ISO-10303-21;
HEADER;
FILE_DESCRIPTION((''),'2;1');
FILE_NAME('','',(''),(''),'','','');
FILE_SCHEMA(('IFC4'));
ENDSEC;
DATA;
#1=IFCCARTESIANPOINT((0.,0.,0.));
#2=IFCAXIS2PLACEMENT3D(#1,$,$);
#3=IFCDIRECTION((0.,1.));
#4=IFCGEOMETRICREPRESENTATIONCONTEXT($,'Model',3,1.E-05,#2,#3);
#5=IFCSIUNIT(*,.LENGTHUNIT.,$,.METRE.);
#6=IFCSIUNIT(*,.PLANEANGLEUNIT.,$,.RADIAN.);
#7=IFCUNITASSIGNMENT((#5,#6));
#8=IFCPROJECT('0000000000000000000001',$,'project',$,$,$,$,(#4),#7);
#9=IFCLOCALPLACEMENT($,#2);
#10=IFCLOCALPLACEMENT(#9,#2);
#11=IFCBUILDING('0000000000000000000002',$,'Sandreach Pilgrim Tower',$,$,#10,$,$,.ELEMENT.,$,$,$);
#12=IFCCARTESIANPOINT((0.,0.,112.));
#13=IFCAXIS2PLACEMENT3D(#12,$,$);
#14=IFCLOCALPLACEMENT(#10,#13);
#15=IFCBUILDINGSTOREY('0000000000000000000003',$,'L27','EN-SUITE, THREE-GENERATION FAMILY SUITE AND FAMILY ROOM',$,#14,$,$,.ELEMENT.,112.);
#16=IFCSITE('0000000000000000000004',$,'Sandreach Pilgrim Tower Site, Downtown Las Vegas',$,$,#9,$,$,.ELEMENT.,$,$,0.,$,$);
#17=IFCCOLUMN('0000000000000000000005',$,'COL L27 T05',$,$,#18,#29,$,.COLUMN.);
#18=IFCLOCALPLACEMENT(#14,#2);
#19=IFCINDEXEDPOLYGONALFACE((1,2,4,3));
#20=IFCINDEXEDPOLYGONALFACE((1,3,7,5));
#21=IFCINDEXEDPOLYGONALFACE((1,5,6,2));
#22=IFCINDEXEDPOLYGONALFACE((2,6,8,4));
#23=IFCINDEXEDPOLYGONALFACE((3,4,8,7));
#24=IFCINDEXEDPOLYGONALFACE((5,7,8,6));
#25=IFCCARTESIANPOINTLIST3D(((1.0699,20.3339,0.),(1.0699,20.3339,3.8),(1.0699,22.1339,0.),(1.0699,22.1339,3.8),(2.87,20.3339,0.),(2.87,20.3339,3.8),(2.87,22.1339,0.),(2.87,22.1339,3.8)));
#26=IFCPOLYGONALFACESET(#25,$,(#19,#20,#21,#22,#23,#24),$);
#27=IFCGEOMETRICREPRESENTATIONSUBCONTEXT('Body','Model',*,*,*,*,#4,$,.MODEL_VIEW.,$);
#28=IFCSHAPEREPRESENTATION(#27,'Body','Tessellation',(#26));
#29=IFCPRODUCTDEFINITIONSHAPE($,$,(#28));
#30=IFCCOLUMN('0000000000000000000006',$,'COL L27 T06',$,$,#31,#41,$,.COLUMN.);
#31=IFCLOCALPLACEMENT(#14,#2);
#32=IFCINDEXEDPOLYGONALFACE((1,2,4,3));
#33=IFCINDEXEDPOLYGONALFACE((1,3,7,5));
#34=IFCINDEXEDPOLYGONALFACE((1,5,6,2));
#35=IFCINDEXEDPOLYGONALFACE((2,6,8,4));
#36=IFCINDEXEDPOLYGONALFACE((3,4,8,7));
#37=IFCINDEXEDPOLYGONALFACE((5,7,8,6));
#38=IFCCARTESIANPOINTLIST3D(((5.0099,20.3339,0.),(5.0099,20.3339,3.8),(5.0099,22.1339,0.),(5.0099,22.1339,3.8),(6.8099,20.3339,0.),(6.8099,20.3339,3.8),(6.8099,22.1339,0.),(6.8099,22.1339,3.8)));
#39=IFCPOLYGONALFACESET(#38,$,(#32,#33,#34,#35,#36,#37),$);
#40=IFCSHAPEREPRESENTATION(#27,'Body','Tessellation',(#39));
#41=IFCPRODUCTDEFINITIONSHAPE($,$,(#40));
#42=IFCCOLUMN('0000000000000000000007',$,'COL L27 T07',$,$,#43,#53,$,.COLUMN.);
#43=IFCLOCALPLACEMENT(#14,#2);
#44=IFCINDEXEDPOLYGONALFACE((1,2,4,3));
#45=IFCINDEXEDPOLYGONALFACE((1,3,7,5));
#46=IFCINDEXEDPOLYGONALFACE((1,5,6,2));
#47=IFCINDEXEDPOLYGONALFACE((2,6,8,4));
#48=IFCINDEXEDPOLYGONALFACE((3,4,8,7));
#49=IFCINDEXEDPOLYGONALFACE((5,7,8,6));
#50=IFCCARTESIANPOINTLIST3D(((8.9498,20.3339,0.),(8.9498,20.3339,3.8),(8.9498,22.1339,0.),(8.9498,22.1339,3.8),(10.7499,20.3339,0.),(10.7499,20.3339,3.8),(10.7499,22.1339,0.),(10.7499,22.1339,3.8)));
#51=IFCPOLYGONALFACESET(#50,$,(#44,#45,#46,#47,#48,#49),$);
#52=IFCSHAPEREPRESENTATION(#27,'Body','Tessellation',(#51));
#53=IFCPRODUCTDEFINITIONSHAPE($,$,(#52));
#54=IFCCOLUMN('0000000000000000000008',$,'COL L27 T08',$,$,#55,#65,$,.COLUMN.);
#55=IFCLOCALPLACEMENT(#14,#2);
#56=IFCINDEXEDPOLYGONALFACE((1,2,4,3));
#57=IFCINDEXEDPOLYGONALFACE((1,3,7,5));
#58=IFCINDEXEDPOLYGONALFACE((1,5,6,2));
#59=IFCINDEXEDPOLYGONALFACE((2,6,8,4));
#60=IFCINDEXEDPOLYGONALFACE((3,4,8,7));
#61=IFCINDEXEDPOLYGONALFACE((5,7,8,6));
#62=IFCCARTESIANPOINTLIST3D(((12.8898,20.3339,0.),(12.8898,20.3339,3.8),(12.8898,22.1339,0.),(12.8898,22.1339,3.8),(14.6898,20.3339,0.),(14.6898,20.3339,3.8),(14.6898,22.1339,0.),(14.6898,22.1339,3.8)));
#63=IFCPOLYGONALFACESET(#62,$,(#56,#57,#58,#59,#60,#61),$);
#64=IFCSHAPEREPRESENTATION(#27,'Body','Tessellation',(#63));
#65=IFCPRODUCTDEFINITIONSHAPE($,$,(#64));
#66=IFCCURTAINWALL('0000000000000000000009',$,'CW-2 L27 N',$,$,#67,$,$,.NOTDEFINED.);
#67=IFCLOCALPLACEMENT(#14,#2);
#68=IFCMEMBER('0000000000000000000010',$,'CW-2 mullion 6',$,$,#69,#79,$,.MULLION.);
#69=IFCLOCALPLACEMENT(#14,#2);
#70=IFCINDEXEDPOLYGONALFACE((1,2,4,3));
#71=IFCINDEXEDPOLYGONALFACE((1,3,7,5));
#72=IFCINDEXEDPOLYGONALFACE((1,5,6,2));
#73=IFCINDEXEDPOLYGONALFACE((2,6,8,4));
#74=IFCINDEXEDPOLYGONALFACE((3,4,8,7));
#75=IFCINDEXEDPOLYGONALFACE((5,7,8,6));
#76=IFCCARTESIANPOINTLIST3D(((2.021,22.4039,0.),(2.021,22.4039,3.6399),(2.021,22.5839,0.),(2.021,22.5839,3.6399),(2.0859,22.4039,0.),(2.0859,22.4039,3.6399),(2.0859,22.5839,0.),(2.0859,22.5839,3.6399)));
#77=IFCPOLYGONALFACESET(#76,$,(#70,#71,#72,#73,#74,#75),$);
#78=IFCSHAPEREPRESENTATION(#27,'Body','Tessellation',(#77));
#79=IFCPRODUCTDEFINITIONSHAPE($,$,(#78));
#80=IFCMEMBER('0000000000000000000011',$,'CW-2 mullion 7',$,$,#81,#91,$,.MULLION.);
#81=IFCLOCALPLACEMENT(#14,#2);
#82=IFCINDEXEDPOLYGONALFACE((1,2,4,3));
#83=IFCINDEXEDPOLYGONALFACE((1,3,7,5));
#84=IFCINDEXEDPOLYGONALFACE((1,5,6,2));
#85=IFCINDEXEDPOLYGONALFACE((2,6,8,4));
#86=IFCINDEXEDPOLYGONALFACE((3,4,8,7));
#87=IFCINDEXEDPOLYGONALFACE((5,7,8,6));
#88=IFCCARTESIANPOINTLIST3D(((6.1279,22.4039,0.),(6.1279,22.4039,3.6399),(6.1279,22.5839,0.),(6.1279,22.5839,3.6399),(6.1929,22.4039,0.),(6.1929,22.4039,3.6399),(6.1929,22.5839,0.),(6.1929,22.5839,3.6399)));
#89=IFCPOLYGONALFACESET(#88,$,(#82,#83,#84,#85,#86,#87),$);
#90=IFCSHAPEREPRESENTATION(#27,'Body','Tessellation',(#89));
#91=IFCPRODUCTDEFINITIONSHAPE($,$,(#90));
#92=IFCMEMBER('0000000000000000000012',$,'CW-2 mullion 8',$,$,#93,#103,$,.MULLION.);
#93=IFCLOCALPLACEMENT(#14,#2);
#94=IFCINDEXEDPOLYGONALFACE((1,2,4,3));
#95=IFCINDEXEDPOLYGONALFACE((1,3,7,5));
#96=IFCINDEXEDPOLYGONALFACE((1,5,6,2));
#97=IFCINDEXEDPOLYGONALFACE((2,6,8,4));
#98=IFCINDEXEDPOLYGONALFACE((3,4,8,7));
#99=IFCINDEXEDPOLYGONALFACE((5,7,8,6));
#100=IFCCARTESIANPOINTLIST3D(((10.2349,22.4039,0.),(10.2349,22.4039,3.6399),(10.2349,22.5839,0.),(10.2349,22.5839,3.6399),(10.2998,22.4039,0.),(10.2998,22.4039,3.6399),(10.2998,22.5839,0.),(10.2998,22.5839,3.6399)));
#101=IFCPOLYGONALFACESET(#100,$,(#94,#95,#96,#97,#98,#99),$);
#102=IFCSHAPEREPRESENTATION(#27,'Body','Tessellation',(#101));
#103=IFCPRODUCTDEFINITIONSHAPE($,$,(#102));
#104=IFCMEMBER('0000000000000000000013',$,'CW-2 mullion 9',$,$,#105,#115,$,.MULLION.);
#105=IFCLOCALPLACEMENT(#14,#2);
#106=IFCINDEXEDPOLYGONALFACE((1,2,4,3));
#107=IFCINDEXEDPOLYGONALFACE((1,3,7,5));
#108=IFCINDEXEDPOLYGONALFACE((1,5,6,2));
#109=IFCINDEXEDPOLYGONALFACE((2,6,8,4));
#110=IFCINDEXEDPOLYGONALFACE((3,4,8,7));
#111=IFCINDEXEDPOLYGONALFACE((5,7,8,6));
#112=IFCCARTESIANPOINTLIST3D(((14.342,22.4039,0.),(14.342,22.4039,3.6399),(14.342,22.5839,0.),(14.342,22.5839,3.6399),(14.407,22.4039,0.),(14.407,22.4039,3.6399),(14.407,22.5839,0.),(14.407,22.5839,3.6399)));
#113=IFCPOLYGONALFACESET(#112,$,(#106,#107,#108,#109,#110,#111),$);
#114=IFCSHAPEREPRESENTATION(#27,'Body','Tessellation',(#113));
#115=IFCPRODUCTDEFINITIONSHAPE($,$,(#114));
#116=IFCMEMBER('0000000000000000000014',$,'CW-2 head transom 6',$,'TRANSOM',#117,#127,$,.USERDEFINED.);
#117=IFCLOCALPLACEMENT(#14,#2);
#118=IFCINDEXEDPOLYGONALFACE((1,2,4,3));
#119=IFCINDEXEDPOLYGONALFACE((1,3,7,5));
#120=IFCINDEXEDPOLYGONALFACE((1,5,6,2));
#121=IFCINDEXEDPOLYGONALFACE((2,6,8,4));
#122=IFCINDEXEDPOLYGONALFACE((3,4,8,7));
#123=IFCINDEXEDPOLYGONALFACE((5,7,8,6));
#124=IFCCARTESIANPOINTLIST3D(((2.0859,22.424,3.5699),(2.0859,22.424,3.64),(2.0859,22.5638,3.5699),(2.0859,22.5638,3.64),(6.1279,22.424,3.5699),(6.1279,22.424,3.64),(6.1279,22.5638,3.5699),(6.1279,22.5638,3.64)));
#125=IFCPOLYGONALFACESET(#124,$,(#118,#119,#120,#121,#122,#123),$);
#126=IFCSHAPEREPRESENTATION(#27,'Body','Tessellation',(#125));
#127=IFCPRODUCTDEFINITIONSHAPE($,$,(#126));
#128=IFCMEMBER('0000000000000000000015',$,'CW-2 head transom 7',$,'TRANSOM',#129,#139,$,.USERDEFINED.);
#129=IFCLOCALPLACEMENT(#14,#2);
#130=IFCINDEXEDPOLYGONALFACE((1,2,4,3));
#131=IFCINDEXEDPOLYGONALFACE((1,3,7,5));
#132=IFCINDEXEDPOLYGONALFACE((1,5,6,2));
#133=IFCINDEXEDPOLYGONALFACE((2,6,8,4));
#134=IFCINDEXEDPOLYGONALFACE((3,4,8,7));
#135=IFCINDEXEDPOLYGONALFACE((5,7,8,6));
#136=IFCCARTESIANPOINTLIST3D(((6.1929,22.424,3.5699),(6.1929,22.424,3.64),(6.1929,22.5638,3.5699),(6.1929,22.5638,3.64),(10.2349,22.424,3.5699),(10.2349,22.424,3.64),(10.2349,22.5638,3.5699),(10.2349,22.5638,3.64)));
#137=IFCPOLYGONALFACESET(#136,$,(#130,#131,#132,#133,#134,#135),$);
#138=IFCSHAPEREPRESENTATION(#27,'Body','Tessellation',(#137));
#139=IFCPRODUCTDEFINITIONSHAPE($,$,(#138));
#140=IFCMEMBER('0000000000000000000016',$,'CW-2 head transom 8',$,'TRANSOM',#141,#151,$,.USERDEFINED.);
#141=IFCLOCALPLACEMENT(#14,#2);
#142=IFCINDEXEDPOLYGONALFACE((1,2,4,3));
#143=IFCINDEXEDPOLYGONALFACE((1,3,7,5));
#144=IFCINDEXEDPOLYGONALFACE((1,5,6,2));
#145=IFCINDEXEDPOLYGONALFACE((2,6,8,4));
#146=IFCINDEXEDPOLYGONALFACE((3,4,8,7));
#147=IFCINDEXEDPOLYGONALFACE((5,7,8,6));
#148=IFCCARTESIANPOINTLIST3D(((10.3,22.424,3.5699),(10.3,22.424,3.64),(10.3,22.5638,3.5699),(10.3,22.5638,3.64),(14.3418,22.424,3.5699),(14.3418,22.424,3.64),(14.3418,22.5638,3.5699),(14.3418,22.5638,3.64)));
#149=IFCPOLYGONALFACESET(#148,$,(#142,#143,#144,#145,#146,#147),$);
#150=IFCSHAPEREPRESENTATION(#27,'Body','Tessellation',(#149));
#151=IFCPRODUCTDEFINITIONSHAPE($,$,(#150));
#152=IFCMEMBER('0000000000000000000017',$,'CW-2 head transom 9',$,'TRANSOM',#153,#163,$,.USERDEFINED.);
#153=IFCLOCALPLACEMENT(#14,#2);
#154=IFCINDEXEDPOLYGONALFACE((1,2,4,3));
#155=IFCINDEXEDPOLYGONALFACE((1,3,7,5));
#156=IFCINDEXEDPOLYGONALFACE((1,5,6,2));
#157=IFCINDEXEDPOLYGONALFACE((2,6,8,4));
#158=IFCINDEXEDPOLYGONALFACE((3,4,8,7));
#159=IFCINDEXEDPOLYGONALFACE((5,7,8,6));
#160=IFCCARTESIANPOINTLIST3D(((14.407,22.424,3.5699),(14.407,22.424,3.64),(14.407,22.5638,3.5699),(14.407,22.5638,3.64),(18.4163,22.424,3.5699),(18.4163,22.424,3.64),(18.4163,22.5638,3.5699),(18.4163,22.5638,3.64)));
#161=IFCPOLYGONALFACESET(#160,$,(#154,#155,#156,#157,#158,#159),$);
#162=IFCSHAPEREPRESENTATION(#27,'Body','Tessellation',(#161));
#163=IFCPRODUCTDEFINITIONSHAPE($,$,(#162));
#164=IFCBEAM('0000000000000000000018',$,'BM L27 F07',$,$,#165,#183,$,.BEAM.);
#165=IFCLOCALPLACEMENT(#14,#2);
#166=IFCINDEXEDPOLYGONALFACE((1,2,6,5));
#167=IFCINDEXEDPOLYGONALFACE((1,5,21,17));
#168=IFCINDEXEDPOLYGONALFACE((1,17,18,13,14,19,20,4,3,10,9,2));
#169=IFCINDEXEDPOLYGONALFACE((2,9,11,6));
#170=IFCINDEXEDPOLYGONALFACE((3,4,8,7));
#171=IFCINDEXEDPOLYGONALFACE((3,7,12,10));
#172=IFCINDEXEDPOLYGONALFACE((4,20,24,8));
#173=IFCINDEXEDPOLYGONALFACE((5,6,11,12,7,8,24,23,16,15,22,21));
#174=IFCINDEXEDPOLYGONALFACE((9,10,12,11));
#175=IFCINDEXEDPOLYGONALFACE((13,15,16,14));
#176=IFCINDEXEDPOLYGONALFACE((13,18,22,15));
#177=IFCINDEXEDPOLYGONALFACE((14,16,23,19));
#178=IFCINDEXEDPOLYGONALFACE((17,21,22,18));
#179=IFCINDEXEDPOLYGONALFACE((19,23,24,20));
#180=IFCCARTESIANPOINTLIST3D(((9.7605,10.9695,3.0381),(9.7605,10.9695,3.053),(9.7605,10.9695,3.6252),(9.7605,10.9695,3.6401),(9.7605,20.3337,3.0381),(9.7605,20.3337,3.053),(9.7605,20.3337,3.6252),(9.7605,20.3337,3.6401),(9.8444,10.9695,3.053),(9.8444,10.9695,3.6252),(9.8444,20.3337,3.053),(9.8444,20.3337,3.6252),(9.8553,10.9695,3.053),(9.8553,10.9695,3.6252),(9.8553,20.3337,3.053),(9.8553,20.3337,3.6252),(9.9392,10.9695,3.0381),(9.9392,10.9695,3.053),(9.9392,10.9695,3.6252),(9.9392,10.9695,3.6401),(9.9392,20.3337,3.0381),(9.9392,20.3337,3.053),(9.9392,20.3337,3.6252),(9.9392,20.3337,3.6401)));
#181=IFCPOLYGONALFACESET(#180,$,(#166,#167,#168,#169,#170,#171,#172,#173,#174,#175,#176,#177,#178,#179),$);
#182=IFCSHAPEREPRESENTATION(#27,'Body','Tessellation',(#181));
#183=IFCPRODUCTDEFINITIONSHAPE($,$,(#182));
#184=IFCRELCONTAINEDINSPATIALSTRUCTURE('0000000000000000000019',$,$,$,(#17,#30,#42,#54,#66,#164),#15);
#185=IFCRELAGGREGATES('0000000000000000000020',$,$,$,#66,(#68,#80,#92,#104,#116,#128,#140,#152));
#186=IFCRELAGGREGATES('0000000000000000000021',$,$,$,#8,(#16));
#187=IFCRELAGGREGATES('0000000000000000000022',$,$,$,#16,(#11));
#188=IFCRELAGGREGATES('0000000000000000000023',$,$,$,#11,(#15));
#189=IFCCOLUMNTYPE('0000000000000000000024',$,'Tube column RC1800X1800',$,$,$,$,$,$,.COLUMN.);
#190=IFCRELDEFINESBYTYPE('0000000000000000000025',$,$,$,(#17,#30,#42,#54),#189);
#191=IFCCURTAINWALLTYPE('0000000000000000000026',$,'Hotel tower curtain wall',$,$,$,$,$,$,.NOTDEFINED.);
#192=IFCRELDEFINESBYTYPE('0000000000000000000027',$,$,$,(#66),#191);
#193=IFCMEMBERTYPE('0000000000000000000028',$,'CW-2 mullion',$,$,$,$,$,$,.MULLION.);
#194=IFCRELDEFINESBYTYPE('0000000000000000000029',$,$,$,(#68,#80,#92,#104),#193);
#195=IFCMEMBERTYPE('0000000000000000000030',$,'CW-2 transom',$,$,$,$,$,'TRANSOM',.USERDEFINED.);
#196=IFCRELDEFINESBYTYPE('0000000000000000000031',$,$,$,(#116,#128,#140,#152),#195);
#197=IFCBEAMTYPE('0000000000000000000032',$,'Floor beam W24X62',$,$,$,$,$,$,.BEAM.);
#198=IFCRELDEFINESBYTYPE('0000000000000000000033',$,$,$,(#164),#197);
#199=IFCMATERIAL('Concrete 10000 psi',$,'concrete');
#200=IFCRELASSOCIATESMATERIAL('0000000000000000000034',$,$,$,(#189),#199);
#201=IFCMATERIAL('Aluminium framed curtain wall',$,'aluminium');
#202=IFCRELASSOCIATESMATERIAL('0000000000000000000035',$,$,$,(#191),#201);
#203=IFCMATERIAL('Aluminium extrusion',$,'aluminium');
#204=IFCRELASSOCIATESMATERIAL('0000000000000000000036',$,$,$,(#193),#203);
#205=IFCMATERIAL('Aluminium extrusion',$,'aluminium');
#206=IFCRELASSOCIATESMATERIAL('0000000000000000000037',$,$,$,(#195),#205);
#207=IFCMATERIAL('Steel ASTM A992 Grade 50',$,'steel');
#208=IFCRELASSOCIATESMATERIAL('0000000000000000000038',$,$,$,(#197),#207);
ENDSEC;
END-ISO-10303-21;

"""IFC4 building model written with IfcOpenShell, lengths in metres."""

from ifc_helpers import new_model, si_unit, direction, frame, origin, origin_2d, place, context, subcontext, project, spatial, rectangle, i_section, extrude, material, material_profile, profile_set, type_object, element, aggregate, save


model = new_model("IFC4")

# Units and contexts
model_context = context("Model", 3, precision=1e-05, world=origin(), true_north=direction((0.0, 1.0)))
body_context = subcontext(model_context, "Body", "Model", "MODEL_VIEW")
ifc_project = project(units=[si_unit("LENGTHUNIT", "METRE"), si_unit("PLANEANGLEUNIT", "RADIAN")], contexts=[model_context])

# Site, building, storey
site_placement = place(None, origin())
site = spatial("IfcSite", under=ifc_project, at=site_placement, Name="Sandreach Pilgrim Tower Site, Downtown Las Vegas", CompositionType="ELEMENT", RefElevation=0.0)
building_placement = place(site_placement, origin())
building = spatial("IfcBuilding", under=site, at=building_placement, Name="Sandreach Pilgrim Tower", CompositionType="ELEMENT")
storey_placement = place(building_placement, frame((0.0, 0.0, 112.0)))
storey = spatial("IfcBuildingStorey", under=building, at=storey_placement, Name="L27", Description="EN-SUITE, THREE-GENERATION FAMILY SUITE AND FAMILY ROOM", CompositionType="ELEMENT", Elevation=112.0)

# Columns
ifc_material_1 = material(Name="Concrete 10000 psi", Category="concrete")
ifc_material_profile_1 = material_profile(ifc_material_1, rectangle(XDim=1.8, YDim=1.8, at=origin_2d()), Name="RC1800X1800")
ifc_profile_set_1 = profile_set([ifc_material_profile_1], Name="Concrete 10000 psi")
column_type = type_object("IfcColumnType", Name="Tube column RC1800X1800", PredefinedType="COLUMN", material=ifc_profile_set_1)
for number, where, z_axis, x_axis, name in (
    (1, (1.97, 21.2339, 0.0), (0.0, 0.0, 1.0), (0.0, 1.0, 0.0), "COL L27 T05"),
    (2, (5.9099, 21.2339, 0.0), (0.0, 0.0, 1.0), (0.0, 1.0, 0.0), "COL L27 T06"),
    (3, (9.8499, 21.2339, 0.0), (0.0, 0.0, 1.0), (0.0, 1.0, 0.0), "COL L27 T07"),
    (4, (13.7898, 21.2339, 0.0), (0.0, 0.0, 1.0), (0.0, 1.0, 0.0), "COL L27 T08"),
):
    element("IfcColumn", number, at=place(storey_placement, frame(where, z_axis=z_axis, x_axis=x_axis)), inside=storey, type_object=column_type, Name=name, PredefinedType="COLUMN", context=body_context, shape_type="SweptSolid", body=[
        extrude(rectangle(XDim=1.8, YDim=1.8, at=origin_2d()), origin(), (0.0, 0.0, 1.0), 3.8),
    ])

# Curtain wall, members
ifc_material_2 = material(Name="Aluminium framed curtain wall", Category="aluminium")
curtain_wall_type = type_object("IfcCurtainWallType", Name="Hotel tower curtain wall", PredefinedType="NOTDEFINED", material=ifc_material_2)
curtain_wall_placement = place(storey_placement, origin())
curtain_wall = element("IfcCurtainWall", 5, at=curtain_wall_placement, inside=storey, type_object=curtain_wall_type, Name="CW-2 L27 N", PredefinedType="NOTDEFINED")
ifc_material_3 = material(Name="Aluminium extrusion", Category="aluminium")
ifc_material_profile_2 = material_profile(ifc_material_3, rectangle(XDim=0.0649, YDim=0.1799, at=origin_2d()), Name="CW-2M 65X180")
ifc_profile_set_2 = profile_set([ifc_material_profile_2], Name="Aluminium extrusion")
member_type_1 = type_object("IfcMemberType", Name="CW-2 mullion", PredefinedType="MULLION", material=ifc_profile_set_2)
member_1_placement = place(storey_placement, frame((2.0535, 22.4939, 0.0), z_axis=(0.0, 0.0, 1.0), x_axis=(1.0, 0.0, 0.0)))
member_1 = element("IfcMember", 6, at=member_1_placement, type_object=member_type_1, Name="CW-2 mullion 6", PredefinedType="MULLION", context=body_context, shape_type="SweptSolid", body=[
    extrude(rectangle(XDim=0.0649, YDim=0.1799, at=origin_2d()), origin(), (0.0, 0.0, 1.0), 3.6399),
])
member_2_placement = place(storey_placement, frame((6.1604, 22.4939, 0.0), z_axis=(0.0, 0.0, 1.0), x_axis=(1.0, 0.0, 0.0)))
member_2 = element("IfcMember", 7, at=member_2_placement, type_object=member_type_1, Name="CW-2 mullion 7", PredefinedType="MULLION", context=body_context, shape_type="SweptSolid", body=[
    extrude(rectangle(XDim=0.0649, YDim=0.1799, at=origin_2d()), origin(), (0.0, 0.0, 1.0), 3.6399),
])
member_3_placement = place(storey_placement, frame((10.2673, 22.4939, 0.0), z_axis=(0.0, 0.0, 1.0), x_axis=(1.0, 0.0, 0.0)))
member_3 = element("IfcMember", 8, at=member_3_placement, type_object=member_type_1, Name="CW-2 mullion 8", PredefinedType="MULLION", context=body_context, shape_type="SweptSolid", body=[
    extrude(rectangle(XDim=0.0649, YDim=0.1799, at=origin_2d()), origin(), (0.0, 0.0, 1.0), 3.6399),
])
member_4_placement = place(storey_placement, frame((14.3745, 22.4939, 0.0), z_axis=(0.0, 0.0, 1.0), x_axis=(1.0, 0.0, 0.0)))
member_4 = element("IfcMember", 9, at=member_4_placement, type_object=member_type_1, Name="CW-2 mullion 9", PredefinedType="MULLION", context=body_context, shape_type="SweptSolid", body=[
    extrude(rectangle(XDim=0.0649, YDim=0.1799, at=origin_2d()), origin(), (0.0, 0.0, 1.0), 3.6399),
])
ifc_material_4 = material(Name="Aluminium extrusion", Category="aluminium")
ifc_material_profile_3 = material_profile(ifc_material_4, rectangle(XDim=0.1399, YDim=0.0701, at=origin_2d()), Name="CW-2T 140X70")
ifc_profile_set_3 = profile_set([ifc_material_profile_3], Name="Aluminium extrusion")
member_type_2 = type_object("IfcMemberType", Name="CW-2 transom", ElementType="TRANSOM", PredefinedType="USERDEFINED", material=ifc_profile_set_3)
member_5_placement = place(storey_placement, frame((2.0859, 22.4939, 3.605), z_axis=(1.0, 0.0, 0.0), x_axis=(0.0, 1.0, 0.0)))
member_5 = element("IfcMember", 10, at=member_5_placement, type_object=member_type_2, Name="CW-2 head transom 6", ObjectType="TRANSOM", PredefinedType="USERDEFINED", context=body_context, shape_type="SweptSolid", body=[
    extrude(rectangle(XDim=0.1399, YDim=0.0701, at=origin_2d()), origin(), (0.0, 0.0, 1.0), 4.042),
])
member_6_placement = place(storey_placement, frame((6.1929, 22.4939, 3.605), z_axis=(1.0, 0.0, 0.0), x_axis=(0.0, 1.0, 0.0)))
member_6 = element("IfcMember", 11, at=member_6_placement, type_object=member_type_2, Name="CW-2 head transom 7", ObjectType="TRANSOM", PredefinedType="USERDEFINED", context=body_context, shape_type="SweptSolid", body=[
    extrude(rectangle(XDim=0.1399, YDim=0.0701, at=origin_2d()), origin(), (0.0, 0.0, 1.0), 4.042),
])
member_7_placement = place(storey_placement, frame((10.3, 22.4939, 3.605), z_axis=(1.0, 0.0, 0.0), x_axis=(0.0, 1.0, 0.0)))
member_7 = element("IfcMember", 12, at=member_7_placement, type_object=member_type_2, Name="CW-2 head transom 8", ObjectType="TRANSOM", PredefinedType="USERDEFINED", context=body_context, shape_type="SweptSolid", body=[
    extrude(rectangle(XDim=0.1399, YDim=0.0701, at=origin_2d()), origin(), (0.0, 0.0, 1.0), 4.0417),
])
member_8_placement = place(storey_placement, frame((14.407, 22.4939, 3.605), z_axis=(1.0, 0.0, 0.0), x_axis=(0.0, 1.0, 0.0)))
member_8 = element("IfcMember", 13, at=member_8_placement, type_object=member_type_2, Name="CW-2 head transom 9", ObjectType="TRANSOM", PredefinedType="USERDEFINED", context=body_context, shape_type="SweptSolid", body=[
    extrude(rectangle(XDim=0.1399, YDim=0.0701, at=origin_2d()), origin(), (0.0, 0.0, 1.0), 4.0093),
])

# Beam
ifc_material_5 = material(Name="Steel ASTM A992 Grade 50", Category="steel")
ifc_material_profile_4 = material_profile(ifc_material_5, i_section(OverallWidth=0.1787, OverallDepth=0.6021, WebThickness=0.011, FlangeThickness=0.0149, at=origin_2d()), Name="W24X62")
ifc_profile_set_4 = profile_set([ifc_material_profile_4], Name="Steel ASTM A992 Grade 50")
beam_type_1 = type_object("IfcBeamType", Name="Floor beam W24X62", PredefinedType="BEAM", material=ifc_profile_set_4)
beam_1_placement = place(storey_placement, frame((9.8499, 20.3337, 3.3391), z_axis=(0.0, -1.0, 0.0), x_axis=(1.0, 0.0, 0.0)))
element("IfcBeam", 14, at=beam_1_placement, inside=storey, type_object=beam_type_1, Name="BM L27 F07", PredefinedType="BEAM", context=body_context, shape_type="SweptSolid", body=[
    extrude(i_section(OverallWidth=0.1787, OverallDepth=0.6021, WebThickness=0.011, FlangeThickness=0.0149, at=origin_2d()), origin(), (0.0, 0.0, 1.0), 9.3643),
])

aggregate(curtain_wall, [member_1, member_2, member_3, member_4, member_5, member_6, member_7, member_8])

save(model, "model.ifc")
